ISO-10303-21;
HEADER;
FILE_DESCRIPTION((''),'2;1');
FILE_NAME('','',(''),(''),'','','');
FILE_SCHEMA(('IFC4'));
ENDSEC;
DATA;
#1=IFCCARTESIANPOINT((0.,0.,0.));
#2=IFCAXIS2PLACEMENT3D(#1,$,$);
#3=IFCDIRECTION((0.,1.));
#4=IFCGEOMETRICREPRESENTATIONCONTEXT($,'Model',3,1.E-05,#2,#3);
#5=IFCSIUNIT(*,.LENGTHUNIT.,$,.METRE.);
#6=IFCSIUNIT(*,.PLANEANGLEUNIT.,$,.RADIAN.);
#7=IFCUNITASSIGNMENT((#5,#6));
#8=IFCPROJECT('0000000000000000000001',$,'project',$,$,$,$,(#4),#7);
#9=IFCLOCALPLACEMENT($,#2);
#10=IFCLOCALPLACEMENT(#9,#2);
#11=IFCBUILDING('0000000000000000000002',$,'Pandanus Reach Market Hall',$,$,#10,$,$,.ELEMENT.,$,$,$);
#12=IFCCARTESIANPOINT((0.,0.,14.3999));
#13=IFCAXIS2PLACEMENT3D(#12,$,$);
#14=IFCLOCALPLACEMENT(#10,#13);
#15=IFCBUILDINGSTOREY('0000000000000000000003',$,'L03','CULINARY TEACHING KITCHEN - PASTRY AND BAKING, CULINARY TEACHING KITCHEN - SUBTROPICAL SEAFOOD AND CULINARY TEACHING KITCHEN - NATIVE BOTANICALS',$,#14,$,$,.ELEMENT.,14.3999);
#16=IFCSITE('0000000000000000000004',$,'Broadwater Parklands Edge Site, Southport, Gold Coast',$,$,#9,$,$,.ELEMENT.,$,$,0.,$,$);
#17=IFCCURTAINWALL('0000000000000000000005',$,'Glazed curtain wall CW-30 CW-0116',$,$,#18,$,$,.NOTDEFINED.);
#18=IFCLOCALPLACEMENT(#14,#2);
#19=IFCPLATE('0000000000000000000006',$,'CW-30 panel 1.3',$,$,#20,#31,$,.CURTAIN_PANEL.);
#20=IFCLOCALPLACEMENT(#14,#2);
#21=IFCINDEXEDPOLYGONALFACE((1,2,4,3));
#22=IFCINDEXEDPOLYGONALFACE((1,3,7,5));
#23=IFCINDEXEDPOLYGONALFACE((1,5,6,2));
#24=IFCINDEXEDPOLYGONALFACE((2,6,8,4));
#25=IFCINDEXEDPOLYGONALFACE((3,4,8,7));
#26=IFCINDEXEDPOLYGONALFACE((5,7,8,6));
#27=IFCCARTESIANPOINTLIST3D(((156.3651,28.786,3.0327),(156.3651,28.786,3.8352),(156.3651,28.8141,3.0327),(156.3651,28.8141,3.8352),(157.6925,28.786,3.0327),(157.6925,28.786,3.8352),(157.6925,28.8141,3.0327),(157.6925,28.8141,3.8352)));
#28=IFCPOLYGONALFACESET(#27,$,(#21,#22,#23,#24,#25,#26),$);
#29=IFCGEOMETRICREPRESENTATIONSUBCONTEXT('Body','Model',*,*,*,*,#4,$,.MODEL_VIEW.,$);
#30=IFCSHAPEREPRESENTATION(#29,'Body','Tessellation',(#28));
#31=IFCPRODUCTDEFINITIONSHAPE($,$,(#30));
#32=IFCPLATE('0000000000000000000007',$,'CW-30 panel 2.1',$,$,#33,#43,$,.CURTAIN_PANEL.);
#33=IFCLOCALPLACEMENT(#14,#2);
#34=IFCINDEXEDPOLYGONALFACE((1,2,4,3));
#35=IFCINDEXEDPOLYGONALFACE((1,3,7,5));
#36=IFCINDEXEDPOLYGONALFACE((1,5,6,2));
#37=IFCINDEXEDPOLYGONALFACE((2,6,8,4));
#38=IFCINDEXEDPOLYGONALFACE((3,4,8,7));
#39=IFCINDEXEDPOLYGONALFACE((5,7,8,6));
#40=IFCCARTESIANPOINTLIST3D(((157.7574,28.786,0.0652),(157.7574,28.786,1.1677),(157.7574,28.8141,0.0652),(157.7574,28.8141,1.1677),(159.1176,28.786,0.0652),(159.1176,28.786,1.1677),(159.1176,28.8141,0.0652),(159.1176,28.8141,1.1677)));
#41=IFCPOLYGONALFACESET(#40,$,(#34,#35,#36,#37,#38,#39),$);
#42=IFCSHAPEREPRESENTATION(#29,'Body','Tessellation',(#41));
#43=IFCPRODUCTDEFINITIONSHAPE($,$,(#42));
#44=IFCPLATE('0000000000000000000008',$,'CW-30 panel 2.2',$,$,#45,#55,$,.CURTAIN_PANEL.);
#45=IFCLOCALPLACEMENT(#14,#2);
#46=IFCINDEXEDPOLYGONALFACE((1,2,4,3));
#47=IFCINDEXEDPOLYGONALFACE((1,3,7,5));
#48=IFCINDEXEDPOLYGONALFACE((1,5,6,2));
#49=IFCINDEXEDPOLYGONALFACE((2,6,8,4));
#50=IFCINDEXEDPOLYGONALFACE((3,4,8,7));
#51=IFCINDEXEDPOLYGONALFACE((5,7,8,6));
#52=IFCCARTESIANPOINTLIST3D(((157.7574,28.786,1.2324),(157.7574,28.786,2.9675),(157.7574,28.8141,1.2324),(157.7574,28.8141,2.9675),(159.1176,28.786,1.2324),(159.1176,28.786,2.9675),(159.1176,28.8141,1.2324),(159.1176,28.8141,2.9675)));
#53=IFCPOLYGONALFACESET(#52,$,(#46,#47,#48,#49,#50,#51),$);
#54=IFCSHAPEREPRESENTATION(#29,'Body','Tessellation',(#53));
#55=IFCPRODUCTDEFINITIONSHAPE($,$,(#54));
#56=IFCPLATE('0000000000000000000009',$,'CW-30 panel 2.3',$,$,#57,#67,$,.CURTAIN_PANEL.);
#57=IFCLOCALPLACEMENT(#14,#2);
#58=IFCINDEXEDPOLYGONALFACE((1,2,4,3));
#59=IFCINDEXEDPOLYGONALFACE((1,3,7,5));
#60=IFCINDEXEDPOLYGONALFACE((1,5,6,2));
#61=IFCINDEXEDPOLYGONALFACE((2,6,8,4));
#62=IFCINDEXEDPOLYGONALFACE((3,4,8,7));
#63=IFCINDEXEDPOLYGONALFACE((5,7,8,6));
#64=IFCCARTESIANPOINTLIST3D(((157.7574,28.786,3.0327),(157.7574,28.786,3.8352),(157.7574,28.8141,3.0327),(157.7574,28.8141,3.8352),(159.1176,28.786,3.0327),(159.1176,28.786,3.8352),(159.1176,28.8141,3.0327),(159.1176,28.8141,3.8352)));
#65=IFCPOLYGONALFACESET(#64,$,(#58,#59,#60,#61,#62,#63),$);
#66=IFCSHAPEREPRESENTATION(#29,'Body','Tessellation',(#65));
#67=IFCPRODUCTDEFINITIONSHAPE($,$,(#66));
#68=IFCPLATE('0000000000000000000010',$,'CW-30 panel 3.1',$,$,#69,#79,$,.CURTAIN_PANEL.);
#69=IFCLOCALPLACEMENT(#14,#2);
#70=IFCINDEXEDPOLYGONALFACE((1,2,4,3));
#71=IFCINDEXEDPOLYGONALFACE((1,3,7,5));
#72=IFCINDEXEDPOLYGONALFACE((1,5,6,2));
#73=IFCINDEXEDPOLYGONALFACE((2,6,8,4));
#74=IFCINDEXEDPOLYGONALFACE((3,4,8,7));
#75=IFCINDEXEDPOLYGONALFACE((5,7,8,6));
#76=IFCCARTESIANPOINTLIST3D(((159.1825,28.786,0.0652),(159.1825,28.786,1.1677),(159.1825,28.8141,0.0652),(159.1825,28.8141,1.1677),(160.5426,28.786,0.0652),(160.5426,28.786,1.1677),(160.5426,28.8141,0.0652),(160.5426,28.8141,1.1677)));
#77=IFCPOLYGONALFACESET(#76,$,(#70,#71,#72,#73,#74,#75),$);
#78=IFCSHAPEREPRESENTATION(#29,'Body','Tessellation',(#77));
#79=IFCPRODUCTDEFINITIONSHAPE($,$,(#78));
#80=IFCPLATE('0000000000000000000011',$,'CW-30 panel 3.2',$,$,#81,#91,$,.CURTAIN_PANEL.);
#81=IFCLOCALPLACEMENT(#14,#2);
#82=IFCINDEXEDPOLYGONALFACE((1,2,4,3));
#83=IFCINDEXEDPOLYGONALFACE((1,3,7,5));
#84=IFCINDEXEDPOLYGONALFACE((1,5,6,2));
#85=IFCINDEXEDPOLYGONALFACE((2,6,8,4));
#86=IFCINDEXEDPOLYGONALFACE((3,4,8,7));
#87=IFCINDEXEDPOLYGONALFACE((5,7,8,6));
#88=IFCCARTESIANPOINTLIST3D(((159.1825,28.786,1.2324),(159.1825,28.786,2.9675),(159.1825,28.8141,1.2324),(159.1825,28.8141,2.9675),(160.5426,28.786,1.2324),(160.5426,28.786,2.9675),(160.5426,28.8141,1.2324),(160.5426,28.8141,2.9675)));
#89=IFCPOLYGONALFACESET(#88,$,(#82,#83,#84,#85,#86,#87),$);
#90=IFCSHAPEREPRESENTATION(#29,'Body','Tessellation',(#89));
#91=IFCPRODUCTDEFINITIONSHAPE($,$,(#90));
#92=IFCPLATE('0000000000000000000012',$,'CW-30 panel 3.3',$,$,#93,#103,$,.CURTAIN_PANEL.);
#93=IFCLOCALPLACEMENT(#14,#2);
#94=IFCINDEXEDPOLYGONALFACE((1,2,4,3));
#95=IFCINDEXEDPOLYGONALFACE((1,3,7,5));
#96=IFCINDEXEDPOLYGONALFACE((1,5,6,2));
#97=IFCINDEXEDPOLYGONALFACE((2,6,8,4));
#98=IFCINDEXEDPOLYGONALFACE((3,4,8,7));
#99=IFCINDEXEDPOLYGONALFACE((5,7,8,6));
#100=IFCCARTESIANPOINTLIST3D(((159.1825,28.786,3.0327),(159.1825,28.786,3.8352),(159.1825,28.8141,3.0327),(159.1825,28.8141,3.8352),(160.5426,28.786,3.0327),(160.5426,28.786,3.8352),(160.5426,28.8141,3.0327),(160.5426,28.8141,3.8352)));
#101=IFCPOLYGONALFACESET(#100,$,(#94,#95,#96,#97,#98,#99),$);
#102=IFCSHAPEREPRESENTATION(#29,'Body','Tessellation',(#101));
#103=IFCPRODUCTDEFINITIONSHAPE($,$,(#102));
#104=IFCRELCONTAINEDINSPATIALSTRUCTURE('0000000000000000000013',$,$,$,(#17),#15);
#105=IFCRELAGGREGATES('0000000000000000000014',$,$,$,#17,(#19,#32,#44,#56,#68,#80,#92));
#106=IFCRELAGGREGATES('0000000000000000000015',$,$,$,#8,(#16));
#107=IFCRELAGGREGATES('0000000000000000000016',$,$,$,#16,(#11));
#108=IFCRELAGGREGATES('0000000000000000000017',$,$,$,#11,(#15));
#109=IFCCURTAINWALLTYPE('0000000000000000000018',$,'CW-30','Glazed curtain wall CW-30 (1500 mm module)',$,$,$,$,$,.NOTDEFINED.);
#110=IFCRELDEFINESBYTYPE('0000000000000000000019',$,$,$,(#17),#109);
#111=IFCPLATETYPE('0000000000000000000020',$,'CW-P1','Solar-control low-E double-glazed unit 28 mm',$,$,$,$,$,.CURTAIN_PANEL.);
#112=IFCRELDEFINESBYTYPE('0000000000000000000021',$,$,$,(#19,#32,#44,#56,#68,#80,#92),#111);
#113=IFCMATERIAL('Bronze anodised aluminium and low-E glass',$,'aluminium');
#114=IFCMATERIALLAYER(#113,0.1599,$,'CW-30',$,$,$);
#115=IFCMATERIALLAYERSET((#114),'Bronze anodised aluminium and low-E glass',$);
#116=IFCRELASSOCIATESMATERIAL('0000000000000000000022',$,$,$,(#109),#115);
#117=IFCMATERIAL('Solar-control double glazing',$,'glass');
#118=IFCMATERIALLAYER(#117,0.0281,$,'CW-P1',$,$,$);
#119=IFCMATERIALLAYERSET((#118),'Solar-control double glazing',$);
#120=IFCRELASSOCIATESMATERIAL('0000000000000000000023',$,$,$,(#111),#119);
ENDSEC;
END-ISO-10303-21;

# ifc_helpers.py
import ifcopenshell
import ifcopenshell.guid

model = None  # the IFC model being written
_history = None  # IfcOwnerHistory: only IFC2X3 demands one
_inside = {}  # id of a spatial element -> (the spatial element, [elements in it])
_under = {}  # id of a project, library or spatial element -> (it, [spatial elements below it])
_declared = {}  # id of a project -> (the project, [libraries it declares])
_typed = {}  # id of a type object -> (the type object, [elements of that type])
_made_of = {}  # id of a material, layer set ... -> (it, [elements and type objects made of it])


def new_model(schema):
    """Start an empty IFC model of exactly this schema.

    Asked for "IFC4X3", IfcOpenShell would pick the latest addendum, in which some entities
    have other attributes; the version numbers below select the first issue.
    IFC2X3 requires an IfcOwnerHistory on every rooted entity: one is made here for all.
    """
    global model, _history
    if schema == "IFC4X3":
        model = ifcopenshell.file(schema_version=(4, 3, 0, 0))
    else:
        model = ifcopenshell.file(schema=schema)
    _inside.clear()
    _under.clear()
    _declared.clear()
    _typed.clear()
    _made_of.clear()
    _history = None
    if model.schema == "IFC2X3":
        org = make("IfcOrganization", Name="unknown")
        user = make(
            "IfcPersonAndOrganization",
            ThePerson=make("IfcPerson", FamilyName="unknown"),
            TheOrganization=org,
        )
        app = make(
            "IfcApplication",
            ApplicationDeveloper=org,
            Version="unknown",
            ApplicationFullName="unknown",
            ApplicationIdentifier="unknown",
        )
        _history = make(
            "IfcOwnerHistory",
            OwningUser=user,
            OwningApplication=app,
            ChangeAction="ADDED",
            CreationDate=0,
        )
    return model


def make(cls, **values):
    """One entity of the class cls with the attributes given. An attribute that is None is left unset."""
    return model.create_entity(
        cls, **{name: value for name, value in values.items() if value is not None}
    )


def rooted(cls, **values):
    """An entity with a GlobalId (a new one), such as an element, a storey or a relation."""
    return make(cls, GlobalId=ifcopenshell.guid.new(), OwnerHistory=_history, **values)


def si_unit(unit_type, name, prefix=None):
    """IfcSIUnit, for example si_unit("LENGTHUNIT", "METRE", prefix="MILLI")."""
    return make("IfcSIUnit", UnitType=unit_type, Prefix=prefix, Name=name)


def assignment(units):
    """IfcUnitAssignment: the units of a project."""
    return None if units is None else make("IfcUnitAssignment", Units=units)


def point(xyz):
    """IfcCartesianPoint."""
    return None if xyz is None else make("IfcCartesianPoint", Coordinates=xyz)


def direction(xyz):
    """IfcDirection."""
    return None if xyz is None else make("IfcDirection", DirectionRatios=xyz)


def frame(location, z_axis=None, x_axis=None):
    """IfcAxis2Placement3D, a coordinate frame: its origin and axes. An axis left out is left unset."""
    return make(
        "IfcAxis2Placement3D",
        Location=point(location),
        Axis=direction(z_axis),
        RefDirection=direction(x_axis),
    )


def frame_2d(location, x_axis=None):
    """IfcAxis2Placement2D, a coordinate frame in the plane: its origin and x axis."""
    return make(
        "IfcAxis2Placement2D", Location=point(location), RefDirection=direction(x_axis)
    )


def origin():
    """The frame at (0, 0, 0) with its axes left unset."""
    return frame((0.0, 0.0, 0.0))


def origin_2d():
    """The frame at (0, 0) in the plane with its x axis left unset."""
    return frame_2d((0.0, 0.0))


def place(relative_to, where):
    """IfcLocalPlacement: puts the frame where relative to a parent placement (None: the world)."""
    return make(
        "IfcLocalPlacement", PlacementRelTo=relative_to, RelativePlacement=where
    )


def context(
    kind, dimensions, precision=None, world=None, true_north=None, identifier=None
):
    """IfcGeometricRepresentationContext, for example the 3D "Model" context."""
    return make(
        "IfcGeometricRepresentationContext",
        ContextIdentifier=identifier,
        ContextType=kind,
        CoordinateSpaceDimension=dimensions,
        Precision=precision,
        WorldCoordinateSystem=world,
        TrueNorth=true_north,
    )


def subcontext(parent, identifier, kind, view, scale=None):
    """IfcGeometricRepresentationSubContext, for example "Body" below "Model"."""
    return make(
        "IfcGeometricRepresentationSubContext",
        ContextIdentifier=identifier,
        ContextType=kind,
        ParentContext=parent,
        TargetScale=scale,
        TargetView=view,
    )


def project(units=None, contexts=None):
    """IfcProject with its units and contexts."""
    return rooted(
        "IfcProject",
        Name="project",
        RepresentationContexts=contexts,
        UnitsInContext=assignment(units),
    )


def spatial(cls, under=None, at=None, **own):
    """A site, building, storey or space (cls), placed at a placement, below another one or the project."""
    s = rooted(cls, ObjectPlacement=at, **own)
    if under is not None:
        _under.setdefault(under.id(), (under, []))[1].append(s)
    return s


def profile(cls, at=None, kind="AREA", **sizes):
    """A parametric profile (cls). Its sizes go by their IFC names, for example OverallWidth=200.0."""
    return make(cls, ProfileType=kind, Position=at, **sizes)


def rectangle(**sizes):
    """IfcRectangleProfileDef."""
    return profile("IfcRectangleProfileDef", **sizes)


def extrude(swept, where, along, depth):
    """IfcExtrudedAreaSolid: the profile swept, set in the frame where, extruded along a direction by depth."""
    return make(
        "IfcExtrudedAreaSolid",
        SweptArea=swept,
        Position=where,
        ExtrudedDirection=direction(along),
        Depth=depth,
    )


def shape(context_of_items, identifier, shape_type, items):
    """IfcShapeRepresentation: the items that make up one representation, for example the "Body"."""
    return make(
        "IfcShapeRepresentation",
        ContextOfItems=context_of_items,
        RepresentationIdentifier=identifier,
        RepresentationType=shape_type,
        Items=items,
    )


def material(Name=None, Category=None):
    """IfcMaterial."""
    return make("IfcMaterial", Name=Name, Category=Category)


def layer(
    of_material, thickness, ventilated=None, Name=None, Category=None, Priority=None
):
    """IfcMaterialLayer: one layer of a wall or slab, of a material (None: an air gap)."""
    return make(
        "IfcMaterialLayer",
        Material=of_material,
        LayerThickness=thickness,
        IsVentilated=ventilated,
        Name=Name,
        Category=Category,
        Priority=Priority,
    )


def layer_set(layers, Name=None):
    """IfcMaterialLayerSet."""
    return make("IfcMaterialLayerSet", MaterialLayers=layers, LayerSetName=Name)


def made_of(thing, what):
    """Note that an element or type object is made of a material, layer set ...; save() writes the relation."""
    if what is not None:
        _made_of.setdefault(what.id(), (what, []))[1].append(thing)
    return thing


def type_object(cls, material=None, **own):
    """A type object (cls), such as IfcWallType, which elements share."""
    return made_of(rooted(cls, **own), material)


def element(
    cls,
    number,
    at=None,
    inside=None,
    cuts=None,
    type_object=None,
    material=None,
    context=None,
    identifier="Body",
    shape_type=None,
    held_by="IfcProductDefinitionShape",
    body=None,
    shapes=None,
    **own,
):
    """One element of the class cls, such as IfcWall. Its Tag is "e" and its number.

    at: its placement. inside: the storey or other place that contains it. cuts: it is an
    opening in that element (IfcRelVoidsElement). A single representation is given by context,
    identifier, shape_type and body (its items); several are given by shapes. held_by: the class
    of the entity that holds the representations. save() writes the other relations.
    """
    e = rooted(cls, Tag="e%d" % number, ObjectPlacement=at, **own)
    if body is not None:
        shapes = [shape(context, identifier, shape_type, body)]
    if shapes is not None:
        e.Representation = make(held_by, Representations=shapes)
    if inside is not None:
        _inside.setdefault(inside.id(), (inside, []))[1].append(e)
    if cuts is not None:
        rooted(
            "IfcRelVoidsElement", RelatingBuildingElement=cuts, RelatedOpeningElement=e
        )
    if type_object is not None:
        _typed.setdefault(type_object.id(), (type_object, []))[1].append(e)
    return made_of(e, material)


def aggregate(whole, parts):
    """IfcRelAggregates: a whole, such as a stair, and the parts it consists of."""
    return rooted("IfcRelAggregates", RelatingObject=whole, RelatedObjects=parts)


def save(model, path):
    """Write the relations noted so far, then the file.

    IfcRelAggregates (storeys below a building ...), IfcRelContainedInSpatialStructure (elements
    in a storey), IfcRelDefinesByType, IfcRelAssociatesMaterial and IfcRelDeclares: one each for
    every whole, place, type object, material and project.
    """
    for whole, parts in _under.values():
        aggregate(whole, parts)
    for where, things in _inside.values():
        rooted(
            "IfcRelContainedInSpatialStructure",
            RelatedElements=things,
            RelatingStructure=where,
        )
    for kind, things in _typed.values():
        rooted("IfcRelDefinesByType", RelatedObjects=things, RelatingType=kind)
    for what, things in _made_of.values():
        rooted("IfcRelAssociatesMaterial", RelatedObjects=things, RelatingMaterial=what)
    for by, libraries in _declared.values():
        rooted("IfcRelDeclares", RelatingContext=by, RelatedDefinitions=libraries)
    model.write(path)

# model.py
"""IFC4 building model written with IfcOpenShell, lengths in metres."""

from ifc_helpers import new_model, si_unit, direction, frame, origin, origin_2d, place, context, subcontext, project, spatial, rectangle, extrude, material, layer, layer_set, type_object, element, aggregate, save


model = new_model("IFC4")

# Units and contexts
model_context = context("Model", 3, precision=1e-05, world=origin(), true_north=direction((0.0, 1.0)))
body_context = subcontext(model_context, "Body", "Model", "MODEL_VIEW")
ifc_project = project(units=[si_unit("LENGTHUNIT", "METRE"), si_unit("PLANEANGLEUNIT", "RADIAN")], contexts=[model_context])

# Site, building, storey
site_placement = place(None, origin())
site = spatial("IfcSite", under=ifc_project, at=site_placement, Name="Broadwater Parklands Edge Site, Southport, Gold Coast", CompositionType="ELEMENT", RefElevation=0.0)
building_placement = place(site_placement, origin())
building = spatial("IfcBuilding", under=site, at=building_placement, Name="Pandanus Reach Market Hall", CompositionType="ELEMENT")
storey_placement = place(building_placement, frame((0.0, 0.0, 14.3999)))
storey = spatial("IfcBuildingStorey", under=building, at=storey_placement, Name="L03", Description="CULINARY TEACHING KITCHEN - PASTRY AND BAKING, CULINARY TEACHING KITCHEN - SUBTROPICAL SEAFOOD AND CULINARY TEACHING KITCHEN - NATIVE BOTANICALS", CompositionType="ELEMENT", Elevation=14.3999)

# Curtain wall, plates
ifc_material_1 = material(Name="Bronze anodised aluminium and low-E glass", Category="aluminium")
ifc_layer_1 = layer(ifc_material_1, 0.1599, Name="CW-30")
ifc_layer_set_1 = layer_set([ifc_layer_1], Name="Bronze anodised aluminium and low-E glass")
curtain_wall_type = type_object("IfcCurtainWallType", Name="CW-30", Description="Glazed curtain wall CW-30 (1500 mm module)", PredefinedType="NOTDEFINED", material=ifc_layer_set_1)
curtain_wall_placement = place(storey_placement, origin())
curtain_wall = element("IfcCurtainWall", 1, at=curtain_wall_placement, inside=storey, type_object=curtain_wall_type, Name="Glazed curtain wall CW-30 CW-0116", PredefinedType="NOTDEFINED")
ifc_material_2 = material(Name="Solar-control double glazing", Category="glass")
ifc_layer_2 = layer(ifc_material_2, 0.0281, Name="CW-P1")
ifc_layer_set_2 = layer_set([ifc_layer_2], Name="Solar-control double glazing")
plate_type = type_object("IfcPlateType", Name="CW-P1", Description="Solar-control low-E double-glazed unit 28 mm", PredefinedType="CURTAIN_PANEL", material=ifc_layer_set_2)
plate_1_placement = place(storey_placement, frame((157.0288, 28.8, 3.0327), z_axis=(0.0, 0.0, 1.0), x_axis=(1.0, 0.0, 0.0)))
plate_1 = element("IfcPlate", 2, at=plate_1_placement, type_object=plate_type, Name="CW-30 panel 1.3", PredefinedType="CURTAIN_PANEL", context=body_context, shape_type="SweptSolid", body=[
    extrude(rectangle(XDim=1.3274, YDim=0.0281, at=origin_2d()), origin(), (0.0, 0.0, 1.0), 0.8025),
])
plate_2_placement = place(storey_placement, frame((158.4375, 28.8, 0.0652), z_axis=(0.0, 0.0, 1.0), x_axis=(1.0, 0.0, 0.0)))
plate_2 = element("IfcPlate", 3, at=plate_2_placement, type_object=plate_type, Name="CW-30 panel 2.1", PredefinedType="CURTAIN_PANEL", context=body_context, shape_type="SweptSolid", body=[
    extrude(rectangle(XDim=1.3601, YDim=0.0281, at=origin_2d()), origin(), (0.0, 0.0, 1.0), 1.1025),
])
plate_3_placement = place(storey_placement, frame((158.4375, 28.8, 1.2324), z_axis=(0.0, 0.0, 1.0), x_axis=(1.0, 0.0, 0.0)))
plate_3 = element("IfcPlate", 4, at=plate_3_placement, type_object=plate_type, Name="CW-30 panel 2.2", PredefinedType="CURTAIN_PANEL", context=body_context, shape_type="SweptSolid", body=[
    extrude(rectangle(XDim=1.3601, YDim=0.0281, at=origin_2d()), origin(), (0.0, 0.0, 1.0), 1.7351),
])
plate_4_placement = place(storey_placement, frame((158.4375, 28.8, 3.0327), z_axis=(0.0, 0.0, 1.0), x_axis=(1.0, 0.0, 0.0)))
plate_4 = element("IfcPlate", 5, at=plate_4_placement, type_object=plate_type, Name="CW-30 panel 2.3", PredefinedType="CURTAIN_PANEL", context=body_context, shape_type="SweptSolid", body=[
    extrude(rectangle(XDim=1.3601, YDim=0.0281, at=origin_2d()), origin(), (0.0, 0.0, 1.0), 0.8025),
])
plate_5_placement = place(storey_placement, frame((159.8625, 28.8, 0.0652), z_axis=(0.0, 0.0, 1.0), x_axis=(1.0, 0.0, 0.0)))
plate_5 = element("IfcPlate", 6, at=plate_5_placement, type_object=plate_type, Name="CW-30 panel 3.1", PredefinedType="CURTAIN_PANEL", context=body_context, shape_type="SweptSolid", body=[
    extrude(rectangle(XDim=1.3601, YDim=0.0281, at=origin_2d()), origin(), (0.0, 0.0, 1.0), 1.1025),
])
plate_6_placement = place(storey_placement, frame((159.8625, 28.8, 1.2324), z_axis=(0.0, 0.0, 1.0), x_axis=(1.0, 0.0, 0.0)))
plate_6 = element("IfcPlate", 7, at=plate_6_placement, type_object=plate_type, Name="CW-30 panel 3.2", PredefinedType="CURTAIN_PANEL", context=body_context, shape_type="SweptSolid", body=[
    extrude(rectangle(XDim=1.3601, YDim=0.0281, at=origin_2d()), origin(), (0.0, 0.0, 1.0), 1.7351),
])
plate_7_placement = place(storey_placement, frame((159.8625, 28.8, 3.0327), z_axis=(0.0, 0.0, 1.0), x_axis=(1.0, 0.0, 0.0)))
plate_7 = element("IfcPlate", 8, at=plate_7_placement, type_object=plate_type, Name="CW-30 panel 3.3", PredefinedType="CURTAIN_PANEL", context=body_context, shape_type="SweptSolid", body=[
    extrude(rectangle(XDim=1.3601, YDim=0.0281, at=origin_2d()), origin(), (0.0, 0.0, 1.0), 0.8025),
])
aggregate(curtain_wall, [plate_1, plate_2, plate_3, plate_4, plate_5, plate_6, plate_7])

save(model, "model.ifc")
